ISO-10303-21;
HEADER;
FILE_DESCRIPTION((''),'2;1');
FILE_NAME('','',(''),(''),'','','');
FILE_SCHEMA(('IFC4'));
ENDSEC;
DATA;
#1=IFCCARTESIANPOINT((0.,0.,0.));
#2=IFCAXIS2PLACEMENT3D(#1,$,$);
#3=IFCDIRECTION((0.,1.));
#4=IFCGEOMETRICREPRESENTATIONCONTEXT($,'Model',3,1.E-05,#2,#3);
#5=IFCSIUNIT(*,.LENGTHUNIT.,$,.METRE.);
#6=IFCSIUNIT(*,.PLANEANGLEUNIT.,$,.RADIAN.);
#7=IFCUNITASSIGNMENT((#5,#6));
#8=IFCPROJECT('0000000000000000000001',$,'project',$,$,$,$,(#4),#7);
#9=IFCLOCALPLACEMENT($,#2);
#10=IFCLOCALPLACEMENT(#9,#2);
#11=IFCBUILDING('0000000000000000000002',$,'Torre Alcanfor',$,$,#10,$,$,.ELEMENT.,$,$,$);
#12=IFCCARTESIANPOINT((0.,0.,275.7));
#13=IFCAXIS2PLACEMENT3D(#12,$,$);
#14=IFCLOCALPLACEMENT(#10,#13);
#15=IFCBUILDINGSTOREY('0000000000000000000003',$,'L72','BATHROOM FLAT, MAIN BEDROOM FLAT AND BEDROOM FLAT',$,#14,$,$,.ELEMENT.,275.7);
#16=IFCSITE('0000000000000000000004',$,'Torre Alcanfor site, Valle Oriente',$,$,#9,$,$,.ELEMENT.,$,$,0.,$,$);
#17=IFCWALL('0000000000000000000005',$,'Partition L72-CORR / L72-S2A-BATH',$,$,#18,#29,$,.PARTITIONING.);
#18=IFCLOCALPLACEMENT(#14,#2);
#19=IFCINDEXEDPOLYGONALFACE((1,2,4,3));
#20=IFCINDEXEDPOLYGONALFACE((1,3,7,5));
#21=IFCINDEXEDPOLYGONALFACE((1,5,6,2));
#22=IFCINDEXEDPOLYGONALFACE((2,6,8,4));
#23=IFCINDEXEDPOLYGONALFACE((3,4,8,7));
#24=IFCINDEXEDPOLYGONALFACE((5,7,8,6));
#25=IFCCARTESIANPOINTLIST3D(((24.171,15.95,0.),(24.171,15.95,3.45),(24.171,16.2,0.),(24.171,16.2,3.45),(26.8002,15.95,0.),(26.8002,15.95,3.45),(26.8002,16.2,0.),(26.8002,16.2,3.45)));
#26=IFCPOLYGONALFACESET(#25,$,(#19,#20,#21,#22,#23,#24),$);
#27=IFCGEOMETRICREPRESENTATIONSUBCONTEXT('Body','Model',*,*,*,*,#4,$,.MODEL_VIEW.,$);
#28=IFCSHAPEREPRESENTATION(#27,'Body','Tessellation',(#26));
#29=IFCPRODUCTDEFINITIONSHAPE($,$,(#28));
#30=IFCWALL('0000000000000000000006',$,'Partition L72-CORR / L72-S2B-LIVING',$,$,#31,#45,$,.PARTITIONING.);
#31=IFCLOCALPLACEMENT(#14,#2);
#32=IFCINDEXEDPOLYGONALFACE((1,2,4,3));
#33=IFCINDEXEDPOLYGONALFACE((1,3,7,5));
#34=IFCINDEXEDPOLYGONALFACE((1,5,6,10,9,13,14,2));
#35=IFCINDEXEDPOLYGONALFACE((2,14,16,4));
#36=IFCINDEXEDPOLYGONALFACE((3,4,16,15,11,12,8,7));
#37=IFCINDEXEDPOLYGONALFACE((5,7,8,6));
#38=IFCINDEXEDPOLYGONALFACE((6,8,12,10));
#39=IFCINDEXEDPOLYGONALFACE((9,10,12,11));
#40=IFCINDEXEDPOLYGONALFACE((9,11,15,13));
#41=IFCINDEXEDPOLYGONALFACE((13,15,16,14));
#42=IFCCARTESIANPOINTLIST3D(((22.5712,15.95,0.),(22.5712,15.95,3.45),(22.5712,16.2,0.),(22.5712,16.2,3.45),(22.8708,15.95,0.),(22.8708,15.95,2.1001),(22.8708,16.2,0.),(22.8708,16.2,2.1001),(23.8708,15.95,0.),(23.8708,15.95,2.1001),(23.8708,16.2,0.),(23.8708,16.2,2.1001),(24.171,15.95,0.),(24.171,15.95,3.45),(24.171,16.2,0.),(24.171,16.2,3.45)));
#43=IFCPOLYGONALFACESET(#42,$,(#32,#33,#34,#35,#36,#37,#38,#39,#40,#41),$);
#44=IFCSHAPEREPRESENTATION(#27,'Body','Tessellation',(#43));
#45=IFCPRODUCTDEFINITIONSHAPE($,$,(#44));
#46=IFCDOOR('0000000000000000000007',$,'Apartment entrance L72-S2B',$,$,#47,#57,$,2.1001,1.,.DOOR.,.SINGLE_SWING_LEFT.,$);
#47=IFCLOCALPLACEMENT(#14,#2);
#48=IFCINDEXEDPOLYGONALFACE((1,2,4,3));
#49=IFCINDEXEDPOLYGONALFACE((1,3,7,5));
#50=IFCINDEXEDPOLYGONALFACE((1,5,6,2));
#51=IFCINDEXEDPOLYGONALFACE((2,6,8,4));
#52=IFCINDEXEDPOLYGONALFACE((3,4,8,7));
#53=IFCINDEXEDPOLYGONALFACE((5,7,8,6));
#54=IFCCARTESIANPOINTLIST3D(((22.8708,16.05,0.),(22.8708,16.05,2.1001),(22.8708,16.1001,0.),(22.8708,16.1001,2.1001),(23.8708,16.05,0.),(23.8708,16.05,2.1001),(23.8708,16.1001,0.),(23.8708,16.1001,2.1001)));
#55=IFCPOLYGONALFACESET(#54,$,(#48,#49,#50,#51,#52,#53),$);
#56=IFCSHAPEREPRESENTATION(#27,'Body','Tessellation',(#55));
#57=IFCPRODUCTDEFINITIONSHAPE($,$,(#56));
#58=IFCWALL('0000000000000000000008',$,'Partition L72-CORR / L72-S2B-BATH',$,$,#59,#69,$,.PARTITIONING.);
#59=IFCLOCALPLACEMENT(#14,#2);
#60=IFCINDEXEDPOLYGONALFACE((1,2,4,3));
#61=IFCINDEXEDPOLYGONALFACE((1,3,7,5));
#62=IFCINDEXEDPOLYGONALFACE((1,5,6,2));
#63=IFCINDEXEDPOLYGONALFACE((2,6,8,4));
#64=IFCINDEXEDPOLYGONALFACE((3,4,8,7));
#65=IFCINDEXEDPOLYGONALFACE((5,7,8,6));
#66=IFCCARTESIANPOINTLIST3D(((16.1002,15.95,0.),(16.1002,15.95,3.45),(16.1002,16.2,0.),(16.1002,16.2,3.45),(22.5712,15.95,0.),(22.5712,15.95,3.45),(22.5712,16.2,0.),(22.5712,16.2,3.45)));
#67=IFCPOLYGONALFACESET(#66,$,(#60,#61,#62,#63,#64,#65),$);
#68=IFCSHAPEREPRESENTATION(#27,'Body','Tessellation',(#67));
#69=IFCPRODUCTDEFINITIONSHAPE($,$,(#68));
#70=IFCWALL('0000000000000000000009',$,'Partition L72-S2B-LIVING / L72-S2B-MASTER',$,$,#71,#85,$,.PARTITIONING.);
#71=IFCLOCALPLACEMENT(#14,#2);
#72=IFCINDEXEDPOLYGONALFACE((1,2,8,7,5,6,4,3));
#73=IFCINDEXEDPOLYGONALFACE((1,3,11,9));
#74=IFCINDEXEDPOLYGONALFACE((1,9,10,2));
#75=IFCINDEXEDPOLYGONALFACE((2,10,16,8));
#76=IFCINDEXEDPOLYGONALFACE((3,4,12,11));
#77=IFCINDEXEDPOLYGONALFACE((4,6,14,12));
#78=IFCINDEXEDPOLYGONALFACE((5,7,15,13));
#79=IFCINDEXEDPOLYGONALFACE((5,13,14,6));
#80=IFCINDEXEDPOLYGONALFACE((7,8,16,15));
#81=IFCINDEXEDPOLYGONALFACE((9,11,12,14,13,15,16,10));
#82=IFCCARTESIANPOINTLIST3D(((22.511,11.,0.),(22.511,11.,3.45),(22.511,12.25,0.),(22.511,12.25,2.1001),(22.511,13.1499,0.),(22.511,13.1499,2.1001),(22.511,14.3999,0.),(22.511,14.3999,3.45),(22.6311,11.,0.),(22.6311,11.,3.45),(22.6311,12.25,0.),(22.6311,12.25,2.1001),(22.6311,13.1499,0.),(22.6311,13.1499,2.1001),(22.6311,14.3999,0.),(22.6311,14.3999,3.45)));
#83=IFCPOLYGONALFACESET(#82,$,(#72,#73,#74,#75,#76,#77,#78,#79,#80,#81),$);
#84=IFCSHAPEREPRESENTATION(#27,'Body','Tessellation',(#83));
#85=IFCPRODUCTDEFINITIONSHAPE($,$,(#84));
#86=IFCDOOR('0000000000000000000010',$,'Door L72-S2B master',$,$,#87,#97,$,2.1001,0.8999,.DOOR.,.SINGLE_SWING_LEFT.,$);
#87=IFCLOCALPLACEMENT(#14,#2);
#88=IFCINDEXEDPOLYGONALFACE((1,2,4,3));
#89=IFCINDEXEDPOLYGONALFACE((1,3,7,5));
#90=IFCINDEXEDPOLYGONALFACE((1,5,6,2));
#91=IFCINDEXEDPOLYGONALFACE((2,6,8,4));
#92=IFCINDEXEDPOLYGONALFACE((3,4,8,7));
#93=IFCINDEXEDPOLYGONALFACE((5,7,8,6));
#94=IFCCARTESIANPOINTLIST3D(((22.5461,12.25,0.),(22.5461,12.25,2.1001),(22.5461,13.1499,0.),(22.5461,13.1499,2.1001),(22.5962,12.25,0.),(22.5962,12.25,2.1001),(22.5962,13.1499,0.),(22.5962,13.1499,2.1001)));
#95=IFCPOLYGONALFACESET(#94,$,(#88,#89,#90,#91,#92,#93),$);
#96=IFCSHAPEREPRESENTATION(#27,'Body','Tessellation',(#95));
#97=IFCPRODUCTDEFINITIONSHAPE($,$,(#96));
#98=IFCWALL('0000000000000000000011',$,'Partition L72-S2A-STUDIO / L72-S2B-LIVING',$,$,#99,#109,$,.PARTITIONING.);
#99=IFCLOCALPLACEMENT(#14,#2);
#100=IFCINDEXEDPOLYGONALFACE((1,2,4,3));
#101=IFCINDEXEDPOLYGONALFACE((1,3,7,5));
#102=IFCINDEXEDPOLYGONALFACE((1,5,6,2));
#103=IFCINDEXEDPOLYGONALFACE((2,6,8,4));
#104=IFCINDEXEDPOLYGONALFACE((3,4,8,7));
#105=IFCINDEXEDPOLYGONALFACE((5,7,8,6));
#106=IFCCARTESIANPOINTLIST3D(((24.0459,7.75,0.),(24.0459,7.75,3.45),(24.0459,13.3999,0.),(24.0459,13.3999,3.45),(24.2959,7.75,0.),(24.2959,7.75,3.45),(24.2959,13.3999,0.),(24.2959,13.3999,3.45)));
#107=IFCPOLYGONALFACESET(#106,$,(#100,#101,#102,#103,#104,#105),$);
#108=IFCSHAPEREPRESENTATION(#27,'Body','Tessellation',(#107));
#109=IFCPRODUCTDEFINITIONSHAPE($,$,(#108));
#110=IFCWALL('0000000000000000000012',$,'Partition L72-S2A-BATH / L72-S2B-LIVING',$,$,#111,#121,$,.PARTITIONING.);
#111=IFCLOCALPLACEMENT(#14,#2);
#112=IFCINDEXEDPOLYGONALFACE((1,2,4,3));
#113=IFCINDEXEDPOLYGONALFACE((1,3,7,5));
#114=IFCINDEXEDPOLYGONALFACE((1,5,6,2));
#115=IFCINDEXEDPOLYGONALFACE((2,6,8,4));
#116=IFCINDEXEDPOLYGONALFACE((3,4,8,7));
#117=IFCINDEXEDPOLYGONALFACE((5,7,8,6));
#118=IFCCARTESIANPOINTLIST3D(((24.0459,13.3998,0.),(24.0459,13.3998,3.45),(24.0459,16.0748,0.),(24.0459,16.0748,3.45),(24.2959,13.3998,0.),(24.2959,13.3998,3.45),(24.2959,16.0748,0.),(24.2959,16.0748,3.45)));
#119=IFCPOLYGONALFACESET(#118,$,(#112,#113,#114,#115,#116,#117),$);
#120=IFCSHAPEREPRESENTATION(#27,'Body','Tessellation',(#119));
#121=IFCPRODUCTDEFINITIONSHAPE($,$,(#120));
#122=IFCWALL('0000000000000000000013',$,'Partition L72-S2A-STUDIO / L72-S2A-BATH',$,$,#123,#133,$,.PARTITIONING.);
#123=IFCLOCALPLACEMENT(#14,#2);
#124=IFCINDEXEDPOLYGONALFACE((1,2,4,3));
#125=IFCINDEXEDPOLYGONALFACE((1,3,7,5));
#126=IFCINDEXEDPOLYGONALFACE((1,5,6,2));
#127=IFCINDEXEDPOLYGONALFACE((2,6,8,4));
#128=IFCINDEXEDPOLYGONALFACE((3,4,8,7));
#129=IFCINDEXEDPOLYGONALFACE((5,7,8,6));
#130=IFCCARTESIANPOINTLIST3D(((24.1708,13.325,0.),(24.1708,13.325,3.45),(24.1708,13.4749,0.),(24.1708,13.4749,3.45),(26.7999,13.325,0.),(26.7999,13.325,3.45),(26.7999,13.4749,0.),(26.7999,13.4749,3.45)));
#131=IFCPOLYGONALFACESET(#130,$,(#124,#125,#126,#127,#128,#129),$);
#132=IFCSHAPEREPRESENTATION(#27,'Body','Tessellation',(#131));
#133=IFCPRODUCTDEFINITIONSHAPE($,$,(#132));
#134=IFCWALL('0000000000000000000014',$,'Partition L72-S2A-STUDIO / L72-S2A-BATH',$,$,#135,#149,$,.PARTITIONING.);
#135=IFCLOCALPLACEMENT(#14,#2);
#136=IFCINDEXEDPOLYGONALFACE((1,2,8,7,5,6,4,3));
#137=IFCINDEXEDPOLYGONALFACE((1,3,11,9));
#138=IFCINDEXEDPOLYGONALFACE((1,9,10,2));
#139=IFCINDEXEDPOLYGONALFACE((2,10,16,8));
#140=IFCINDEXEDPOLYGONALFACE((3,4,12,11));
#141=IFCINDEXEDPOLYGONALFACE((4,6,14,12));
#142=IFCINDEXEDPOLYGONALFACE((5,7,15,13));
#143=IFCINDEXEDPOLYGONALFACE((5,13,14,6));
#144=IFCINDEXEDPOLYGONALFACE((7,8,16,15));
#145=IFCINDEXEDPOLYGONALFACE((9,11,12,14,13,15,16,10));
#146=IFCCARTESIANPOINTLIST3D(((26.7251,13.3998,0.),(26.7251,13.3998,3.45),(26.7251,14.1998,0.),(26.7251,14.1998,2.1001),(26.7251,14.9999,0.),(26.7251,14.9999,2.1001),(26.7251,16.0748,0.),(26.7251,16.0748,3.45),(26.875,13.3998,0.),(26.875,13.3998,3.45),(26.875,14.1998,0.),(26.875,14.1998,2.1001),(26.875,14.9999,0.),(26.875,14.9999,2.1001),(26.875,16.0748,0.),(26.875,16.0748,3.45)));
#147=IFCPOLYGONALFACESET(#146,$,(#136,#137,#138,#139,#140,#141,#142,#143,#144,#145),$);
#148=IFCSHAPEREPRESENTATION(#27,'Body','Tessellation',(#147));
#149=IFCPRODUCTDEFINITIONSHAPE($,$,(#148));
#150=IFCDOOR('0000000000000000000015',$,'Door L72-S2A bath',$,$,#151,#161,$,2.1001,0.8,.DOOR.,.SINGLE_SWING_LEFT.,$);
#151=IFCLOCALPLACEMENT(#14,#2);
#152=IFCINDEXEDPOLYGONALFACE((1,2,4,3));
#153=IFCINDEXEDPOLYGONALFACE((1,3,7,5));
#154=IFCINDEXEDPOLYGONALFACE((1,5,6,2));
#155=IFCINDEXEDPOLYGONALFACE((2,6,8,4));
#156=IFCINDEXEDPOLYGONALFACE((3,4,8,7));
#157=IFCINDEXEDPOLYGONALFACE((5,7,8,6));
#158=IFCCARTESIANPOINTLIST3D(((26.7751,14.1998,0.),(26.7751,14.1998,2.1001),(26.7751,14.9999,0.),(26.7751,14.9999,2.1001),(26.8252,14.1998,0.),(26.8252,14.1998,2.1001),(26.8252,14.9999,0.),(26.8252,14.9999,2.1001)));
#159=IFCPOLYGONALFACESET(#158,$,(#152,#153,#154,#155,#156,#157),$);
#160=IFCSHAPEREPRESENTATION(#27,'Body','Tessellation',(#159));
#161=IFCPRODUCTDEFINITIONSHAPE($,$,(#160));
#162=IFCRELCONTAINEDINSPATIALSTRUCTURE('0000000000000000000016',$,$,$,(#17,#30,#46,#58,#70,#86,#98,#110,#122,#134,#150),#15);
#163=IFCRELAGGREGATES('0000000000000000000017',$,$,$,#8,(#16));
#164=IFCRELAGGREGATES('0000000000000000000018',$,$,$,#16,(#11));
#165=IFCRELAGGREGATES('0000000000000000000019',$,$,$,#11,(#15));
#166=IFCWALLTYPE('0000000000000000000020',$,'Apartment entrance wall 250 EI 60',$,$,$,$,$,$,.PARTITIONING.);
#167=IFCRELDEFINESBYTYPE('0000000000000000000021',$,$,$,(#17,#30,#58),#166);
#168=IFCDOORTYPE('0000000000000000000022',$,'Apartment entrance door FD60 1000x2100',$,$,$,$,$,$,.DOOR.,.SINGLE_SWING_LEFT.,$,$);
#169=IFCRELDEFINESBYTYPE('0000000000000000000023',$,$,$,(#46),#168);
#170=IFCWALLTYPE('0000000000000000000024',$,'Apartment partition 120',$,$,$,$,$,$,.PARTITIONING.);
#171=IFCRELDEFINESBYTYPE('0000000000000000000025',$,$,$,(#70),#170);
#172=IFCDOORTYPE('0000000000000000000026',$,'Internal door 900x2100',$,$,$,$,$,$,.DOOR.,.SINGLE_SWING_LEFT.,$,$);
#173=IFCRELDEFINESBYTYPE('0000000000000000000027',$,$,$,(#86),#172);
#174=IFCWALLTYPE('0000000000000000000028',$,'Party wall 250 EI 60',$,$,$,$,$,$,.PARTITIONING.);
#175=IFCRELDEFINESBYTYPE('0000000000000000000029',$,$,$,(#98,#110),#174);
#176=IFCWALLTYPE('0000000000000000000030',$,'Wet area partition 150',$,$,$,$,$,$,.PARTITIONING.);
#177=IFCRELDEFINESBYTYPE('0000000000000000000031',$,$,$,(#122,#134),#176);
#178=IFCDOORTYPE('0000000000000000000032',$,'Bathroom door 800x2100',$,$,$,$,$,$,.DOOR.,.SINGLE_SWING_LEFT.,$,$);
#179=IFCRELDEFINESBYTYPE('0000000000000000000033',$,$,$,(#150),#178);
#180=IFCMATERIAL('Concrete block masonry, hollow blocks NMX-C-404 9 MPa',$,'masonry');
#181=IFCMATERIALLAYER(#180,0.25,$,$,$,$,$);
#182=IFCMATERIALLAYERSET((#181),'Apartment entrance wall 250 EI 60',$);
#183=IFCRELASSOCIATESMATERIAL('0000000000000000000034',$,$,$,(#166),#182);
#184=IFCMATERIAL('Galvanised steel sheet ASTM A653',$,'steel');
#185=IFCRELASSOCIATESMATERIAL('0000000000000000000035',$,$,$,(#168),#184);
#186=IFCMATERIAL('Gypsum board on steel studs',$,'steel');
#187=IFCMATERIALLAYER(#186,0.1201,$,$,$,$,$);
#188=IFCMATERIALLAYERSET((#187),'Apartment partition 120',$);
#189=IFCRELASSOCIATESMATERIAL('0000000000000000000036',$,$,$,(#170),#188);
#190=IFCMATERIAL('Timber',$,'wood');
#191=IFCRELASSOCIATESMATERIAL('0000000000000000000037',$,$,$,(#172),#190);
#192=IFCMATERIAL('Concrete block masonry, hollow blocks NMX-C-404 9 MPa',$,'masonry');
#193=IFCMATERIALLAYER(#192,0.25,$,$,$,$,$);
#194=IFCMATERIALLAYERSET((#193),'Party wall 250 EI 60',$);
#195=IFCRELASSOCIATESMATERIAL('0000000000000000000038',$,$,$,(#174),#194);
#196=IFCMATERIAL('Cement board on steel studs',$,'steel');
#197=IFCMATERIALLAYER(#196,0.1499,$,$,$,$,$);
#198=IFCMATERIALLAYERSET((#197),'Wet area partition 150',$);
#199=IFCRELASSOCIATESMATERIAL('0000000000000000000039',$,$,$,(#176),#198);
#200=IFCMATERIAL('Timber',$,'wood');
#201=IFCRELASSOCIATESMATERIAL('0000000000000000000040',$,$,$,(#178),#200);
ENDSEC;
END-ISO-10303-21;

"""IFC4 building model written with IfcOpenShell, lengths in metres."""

from ifc_helpers import new_model, si_unit, direction, frame, frame_2d, origin, place, context, subcontext, project, spatial, rectangle, extrude, material, layer, layer_set, type_object, element, fill, save


model = new_model("IFC4")

# Units and contexts
model_context = context("Model", 3, precision=1e-05, world=origin(), true_north=direction((0.0, 1.0)))
body_context = subcontext(model_context, "Body", "Model", "MODEL_VIEW")
ifc_project = project(units=[si_unit("LENGTHUNIT", "METRE"), si_unit("PLANEANGLEUNIT", "RADIAN")], contexts=[model_context])

# Site, building, storey
site_placement = place(None, origin())
site = spatial("IfcSite", under=ifc_project, at=site_placement, Name="Torre Alcanfor site, Valle Oriente", CompositionType="ELEMENT", RefElevation=0.0)
building_placement = place(site_placement, origin())
building = spatial("IfcBuilding", under=site, at=building_placement, Name="Torre Alcanfor", CompositionType="ELEMENT")
storey_placement = place(building_placement, frame((0.0, 0.0, 275.7)))
storey = spatial("IfcBuildingStorey", under=building, at=storey_placement, Name="L72", Description="BATHROOM FLAT, MAIN BEDROOM FLAT AND BEDROOM FLAT", CompositionType="ELEMENT", Elevation=275.7)

# Wall
ifc_material_1 = material(Name="Concrete block masonry, hollow blocks NMX-C-404 9 MPa", Category="masonry")
ifc_layer_1 = layer(ifc_material_1, 0.25)
ifc_layer_set_1 = layer_set([ifc_layer_1], Name="Apartment entrance wall 250 EI 60")
wall_type_1 = type_object("IfcWallType", Name="Apartment entrance wall 250 EI 60", PredefinedType="PARTITIONING", material=ifc_layer_set_1)
wall_1_placement = place(storey_placement, frame((26.8, 16.075, 0.0), z_axis=(0.0, 0.0, 1.0), x_axis=(-1.0, 0.0, 0.0)))
element("IfcWall", 1, at=wall_1_placement, inside=storey, type_object=wall_type_1, Name="Partition L72-CORR / L72-S2A-BATH", PredefinedType="PARTITIONING", context=body_context, shape_type="SweptSolid", body=[
    extrude(rectangle(XDim=2.6292, YDim=0.25, at=frame_2d((1.3145, 0.0))), origin(), (0.0, 0.0, 1.0), 3.45),
])

# Wall, opening, door
wall_2_placement = place(storey_placement, frame((24.1709, 16.075, 0.0), z_axis=(0.0, 0.0, 1.0), x_axis=(-1.0, 0.0, 0.0)))
wall_2 = element("IfcWall", 2, at=wall_2_placement, inside=storey, type_object=wall_type_1, Name="Partition L72-CORR / L72-S2B-LIVING", PredefinedType="PARTITIONING", context=body_context, shape_type="SweptSolid", body=[
    extrude(rectangle(XDim=1.5999, YDim=0.25, at=frame_2d((0.7998, 0.0))), origin(), (0.0, 0.0, 1.0), 3.45),
])
opening_1_placement = place(wall_2_placement, frame((0.3, 0.0, 0.0)))
opening_1 = element("IfcOpeningElement", 3, at=opening_1_placement, cuts=wall_2, PredefinedType="OPENING", context=body_context, shape_type="SweptSolid", body=[
    extrude(rectangle(XDim=1.0, YDim=2.1001, at=frame_2d((0.5, 1.05))), frame((0.0, 0.135, 0.0), z_axis=(0.0, -1.0, 0.0), x_axis=(1.0, 0.0, 0.0)), (0.0, 0.0, 1.0), 0.27),
])
ifc_material_2 = material(Name="Galvanised steel sheet ASTM A653", Category="steel")
door_type_1 = type_object("IfcDoorType", Name="Apartment entrance door FD60 1000x2100", OperationType="SINGLE_SWING_LEFT", PredefinedType="DOOR", material=ifc_material_2)
door_1_placement = place(opening_1_placement, origin())
door_1 = element("IfcDoor", 4, at=door_1_placement, inside=storey, type_object=door_type_1, Name="Apartment entrance L72-S2B", OperationType="SINGLE_SWING_LEFT", OverallHeight=2.1001, OverallWidth=1.0, PredefinedType="DOOR", context=body_context, shape_type="SweptSolid", body=[
    extrude(rectangle(XDim=1.0, YDim=2.1001, at=frame_2d((0.5, 1.05))), frame((0.0, 0.0249, 0.0), z_axis=(0.0, -1.0, 0.0), x_axis=(1.0, 0.0, 0.0)), (0.0, 0.0, 1.0), 0.05),
])
fill(opening_1, door_1)

# Wall
wall_3_placement = place(storey_placement, frame((22.571, 16.075, 0.0), z_axis=(0.0, 0.0, 1.0), x_axis=(-1.0, 0.0, 0.0)))
element("IfcWall", 5, at=wall_3_placement, inside=storey, type_object=wall_type_1, Name="Partition L72-CORR / L72-S2B-BATH", PredefinedType="PARTITIONING", context=body_context, shape_type="SweptSolid", body=[
    extrude(rectangle(XDim=6.4709, YDim=0.25, at=frame_2d((3.2354, 0.0))), origin(), (0.0, 0.0, 1.0), 3.45),
])

# Wall, opening, door
ifc_material_3 = material(Name="Gypsum board on steel studs", Category="steel")
ifc_layer_2 = layer(ifc_material_3, 0.1201)
ifc_layer_set_2 = layer_set([ifc_layer_2], Name="Apartment partition 120")
wall_type_2 = type_object("IfcWallType", Name="Apartment partition 120", PredefinedType="PARTITIONING", material=ifc_layer_set_2)
wall_4_placement = place(storey_placement, frame((22.571, 11.0, 0.0), z_axis=(0.0, 0.0, 1.0), x_axis=(0.0, 1.0, 0.0)))
wall_4 = element("IfcWall", 6, at=wall_4_placement, inside=storey, type_object=wall_type_2, Name="Partition L72-S2B-LIVING / L72-S2B-MASTER", PredefinedType="PARTITIONING", context=body_context, shape_type="SweptSolid", body=[
    extrude(rectangle(XDim=3.3999, YDim=0.1201, at=frame_2d((1.7, 0.0))), origin(), (0.0, 0.0, 1.0), 3.45),
])
opening_2_placement = place(wall_4_placement, frame((1.25, 0.0, 0.0)))
opening_2 = element("IfcOpeningElement", 7, at=opening_2_placement, cuts=wall_4, PredefinedType="OPENING", context=body_context, shape_type="SweptSolid", body=[
    extrude(rectangle(XDim=0.8999, YDim=2.1001, at=frame_2d((0.45, 1.05))), frame((0.0, 0.0701, 0.0), z_axis=(0.0, -1.0, 0.0), x_axis=(1.0, 0.0, 0.0)), (0.0, 0.0, 1.0), 0.1401),
])
ifc_material_4 = material(Name="Timber", Category="wood")
door_type_2 = type_object("IfcDoorType", Name="Internal door 900x2100", OperationType="SINGLE_SWING_LEFT", PredefinedType="DOOR", material=ifc_material_4)
door_2_placement = place(opening_2_placement, origin())
door_2 = element("IfcDoor", 8, at=door_2_placement, inside=storey, type_object=door_type_2, Name="Door L72-S2B master", OperationType="SINGLE_SWING_LEFT", OverallHeight=2.1001, OverallWidth=0.8999, PredefinedType="DOOR", context=body_context, shape_type="SweptSolid", body=[
    extrude(rectangle(XDim=0.8999, YDim=2.1001, at=frame_2d((0.45, 1.05))), frame((0.0, 0.0249, 0.0), z_axis=(0.0, -1.0, 0.0), x_axis=(1.0, 0.0, 0.0)), (0.0, 0.0, 1.0), 0.05),
])
fill(opening_2, door_2)

# Walls
ifc_material_5 = material(Name="Concrete block masonry, hollow blocks NMX-C-404 9 MPa", Category="masonry")
ifc_layer_3 = layer(ifc_material_5, 0.25)
ifc_layer_set_3 = layer_set([ifc_layer_3], Name="Party wall 250 EI 60")
wall_type_3 = type_object("IfcWallType", Name="Party wall 250 EI 60", PredefinedType="PARTITIONING", material=ifc_layer_set_3)
wall_5_placement = place(storey_placement, frame((24.1709, 7.75, 0.0), z_axis=(0.0, 0.0, 1.0), x_axis=(0.0, 1.0, 0.0)))
element("IfcWall", 9, at=wall_5_placement, inside=storey, type_object=wall_type_3, Name="Partition L72-S2A-STUDIO / L72-S2B-LIVING", PredefinedType="PARTITIONING", context=body_context, shape_type="SweptSolid", body=[
    extrude(rectangle(XDim=5.6499, YDim=0.25, at=frame_2d((2.825, 0.0))), origin(), (0.0, 0.0, 1.0), 3.45),
])
wall_6_placement = place(storey_placement, frame((24.1709, 13.3999, 0.0), z_axis=(0.0, 0.0, 1.0), x_axis=(0.0, 1.0, 0.0)))
element("IfcWall", 10, at=wall_6_placement, inside=storey, type_object=wall_type_3, Name="Partition L72-S2A-BATH / L72-S2B-LIVING", PredefinedType="PARTITIONING", context=body_context, shape_type="SweptSolid", body=[
    extrude(rectangle(XDim=2.675, YDim=0.25, at=frame_2d((1.3374, 0.0))), origin(), (0.0, 0.0, 1.0), 3.45),
])
ifc_material_6 = material(Name="Cement board on steel studs", Category="steel")
ifc_layer_4 = layer(ifc_material_6, 0.1499)
ifc_layer_set_4 = layer_set([ifc_layer_4], Name="Wet area partition 150")
wall_type_4 = type_object("IfcWallType", Name="Wet area partition 150", PredefinedType="PARTITIONING", material=ifc_layer_set_4)
wall_7_placement = place(storey_placement, frame((24.1709, 13.3999, 0.0), z_axis=(0.0, 0.0, 1.0), x_axis=(1.0, 0.0, 0.0)))
element("IfcWall", 11, at=wall_7_placement, inside=storey, type_object=wall_type_4, Name="Partition L72-S2A-STUDIO / L72-S2A-BATH", PredefinedType="PARTITIONING", context=body_context, shape_type="SweptSolid", body=[
    extrude(rectangle(XDim=2.6292, YDim=0.1499, at=frame_2d((1.3145, 0.0))), origin(), (0.0, 0.0, 1.0), 3.45),
])

# Wall, opening, door
wall_8_placement = place(storey_placement, frame((26.8, 13.3999, 0.0), z_axis=(0.0, 0.0, 1.0), x_axis=(0.0, 1.0, 0.0)))
wall_8 = element("IfcWall", 12, at=wall_8_placement, inside=storey, type_object=wall_type_4, Name="Partition L72-S2A-STUDIO / L72-S2A-BATH", PredefinedType="PARTITIONING", context=body_context, shape_type="SweptSolid", body=[
    extrude(rectangle(XDim=2.675, YDim=0.1499, at=frame_2d((1.3374, 0.0))), origin(), (0.0, 0.0, 1.0), 3.45),
])
opening_3_placement = place(wall_8_placement, frame((0.8, 0.0, 0.0)))
opening_3 = element("IfcOpeningElement", 13, at=opening_3_placement, cuts=wall_8, PredefinedType="OPENING", context=body_context, shape_type="SweptSolid", body=[
    extrude(rectangle(XDim=0.8, YDim=2.1001, at=frame_2d((0.3999, 1.05))), frame((0.0, 0.085, 0.0), z_axis=(0.0, -1.0, 0.0), x_axis=(1.0, 0.0, 0.0)), (0.0, 0.0, 1.0), 0.1699),
])
ifc_material_7 = material(Name="Timber", Category="wood")
door_type_3 = type_object("IfcDoorType", Name="Bathroom door 800x2100", OperationType="SINGLE_SWING_LEFT", PredefinedType="DOOR", material=ifc_material_7)
door_3_placement = place(opening_3_placement, origin())
door_3 = element("IfcDoor", 14, at=door_3_placement, inside=storey, type_object=door_type_3, Name="Door L72-S2A bath", OperationType="SINGLE_SWING_LEFT", OverallHeight=2.1001, OverallWidth=0.8, PredefinedType="DOOR", context=body_context, shape_type="SweptSolid", body=[
    extrude(rectangle(XDim=0.8, YDim=2.1001, at=frame_2d((0.3999, 1.05))), frame((0.0, 0.0249, 0.0), z_axis=(0.0, -1.0, 0.0), x_axis=(1.0, 0.0, 0.0)), (0.0, 0.0, 1.0), 0.05),
])
fill(opening_3, door_3)

save(model, "model.ifc")
